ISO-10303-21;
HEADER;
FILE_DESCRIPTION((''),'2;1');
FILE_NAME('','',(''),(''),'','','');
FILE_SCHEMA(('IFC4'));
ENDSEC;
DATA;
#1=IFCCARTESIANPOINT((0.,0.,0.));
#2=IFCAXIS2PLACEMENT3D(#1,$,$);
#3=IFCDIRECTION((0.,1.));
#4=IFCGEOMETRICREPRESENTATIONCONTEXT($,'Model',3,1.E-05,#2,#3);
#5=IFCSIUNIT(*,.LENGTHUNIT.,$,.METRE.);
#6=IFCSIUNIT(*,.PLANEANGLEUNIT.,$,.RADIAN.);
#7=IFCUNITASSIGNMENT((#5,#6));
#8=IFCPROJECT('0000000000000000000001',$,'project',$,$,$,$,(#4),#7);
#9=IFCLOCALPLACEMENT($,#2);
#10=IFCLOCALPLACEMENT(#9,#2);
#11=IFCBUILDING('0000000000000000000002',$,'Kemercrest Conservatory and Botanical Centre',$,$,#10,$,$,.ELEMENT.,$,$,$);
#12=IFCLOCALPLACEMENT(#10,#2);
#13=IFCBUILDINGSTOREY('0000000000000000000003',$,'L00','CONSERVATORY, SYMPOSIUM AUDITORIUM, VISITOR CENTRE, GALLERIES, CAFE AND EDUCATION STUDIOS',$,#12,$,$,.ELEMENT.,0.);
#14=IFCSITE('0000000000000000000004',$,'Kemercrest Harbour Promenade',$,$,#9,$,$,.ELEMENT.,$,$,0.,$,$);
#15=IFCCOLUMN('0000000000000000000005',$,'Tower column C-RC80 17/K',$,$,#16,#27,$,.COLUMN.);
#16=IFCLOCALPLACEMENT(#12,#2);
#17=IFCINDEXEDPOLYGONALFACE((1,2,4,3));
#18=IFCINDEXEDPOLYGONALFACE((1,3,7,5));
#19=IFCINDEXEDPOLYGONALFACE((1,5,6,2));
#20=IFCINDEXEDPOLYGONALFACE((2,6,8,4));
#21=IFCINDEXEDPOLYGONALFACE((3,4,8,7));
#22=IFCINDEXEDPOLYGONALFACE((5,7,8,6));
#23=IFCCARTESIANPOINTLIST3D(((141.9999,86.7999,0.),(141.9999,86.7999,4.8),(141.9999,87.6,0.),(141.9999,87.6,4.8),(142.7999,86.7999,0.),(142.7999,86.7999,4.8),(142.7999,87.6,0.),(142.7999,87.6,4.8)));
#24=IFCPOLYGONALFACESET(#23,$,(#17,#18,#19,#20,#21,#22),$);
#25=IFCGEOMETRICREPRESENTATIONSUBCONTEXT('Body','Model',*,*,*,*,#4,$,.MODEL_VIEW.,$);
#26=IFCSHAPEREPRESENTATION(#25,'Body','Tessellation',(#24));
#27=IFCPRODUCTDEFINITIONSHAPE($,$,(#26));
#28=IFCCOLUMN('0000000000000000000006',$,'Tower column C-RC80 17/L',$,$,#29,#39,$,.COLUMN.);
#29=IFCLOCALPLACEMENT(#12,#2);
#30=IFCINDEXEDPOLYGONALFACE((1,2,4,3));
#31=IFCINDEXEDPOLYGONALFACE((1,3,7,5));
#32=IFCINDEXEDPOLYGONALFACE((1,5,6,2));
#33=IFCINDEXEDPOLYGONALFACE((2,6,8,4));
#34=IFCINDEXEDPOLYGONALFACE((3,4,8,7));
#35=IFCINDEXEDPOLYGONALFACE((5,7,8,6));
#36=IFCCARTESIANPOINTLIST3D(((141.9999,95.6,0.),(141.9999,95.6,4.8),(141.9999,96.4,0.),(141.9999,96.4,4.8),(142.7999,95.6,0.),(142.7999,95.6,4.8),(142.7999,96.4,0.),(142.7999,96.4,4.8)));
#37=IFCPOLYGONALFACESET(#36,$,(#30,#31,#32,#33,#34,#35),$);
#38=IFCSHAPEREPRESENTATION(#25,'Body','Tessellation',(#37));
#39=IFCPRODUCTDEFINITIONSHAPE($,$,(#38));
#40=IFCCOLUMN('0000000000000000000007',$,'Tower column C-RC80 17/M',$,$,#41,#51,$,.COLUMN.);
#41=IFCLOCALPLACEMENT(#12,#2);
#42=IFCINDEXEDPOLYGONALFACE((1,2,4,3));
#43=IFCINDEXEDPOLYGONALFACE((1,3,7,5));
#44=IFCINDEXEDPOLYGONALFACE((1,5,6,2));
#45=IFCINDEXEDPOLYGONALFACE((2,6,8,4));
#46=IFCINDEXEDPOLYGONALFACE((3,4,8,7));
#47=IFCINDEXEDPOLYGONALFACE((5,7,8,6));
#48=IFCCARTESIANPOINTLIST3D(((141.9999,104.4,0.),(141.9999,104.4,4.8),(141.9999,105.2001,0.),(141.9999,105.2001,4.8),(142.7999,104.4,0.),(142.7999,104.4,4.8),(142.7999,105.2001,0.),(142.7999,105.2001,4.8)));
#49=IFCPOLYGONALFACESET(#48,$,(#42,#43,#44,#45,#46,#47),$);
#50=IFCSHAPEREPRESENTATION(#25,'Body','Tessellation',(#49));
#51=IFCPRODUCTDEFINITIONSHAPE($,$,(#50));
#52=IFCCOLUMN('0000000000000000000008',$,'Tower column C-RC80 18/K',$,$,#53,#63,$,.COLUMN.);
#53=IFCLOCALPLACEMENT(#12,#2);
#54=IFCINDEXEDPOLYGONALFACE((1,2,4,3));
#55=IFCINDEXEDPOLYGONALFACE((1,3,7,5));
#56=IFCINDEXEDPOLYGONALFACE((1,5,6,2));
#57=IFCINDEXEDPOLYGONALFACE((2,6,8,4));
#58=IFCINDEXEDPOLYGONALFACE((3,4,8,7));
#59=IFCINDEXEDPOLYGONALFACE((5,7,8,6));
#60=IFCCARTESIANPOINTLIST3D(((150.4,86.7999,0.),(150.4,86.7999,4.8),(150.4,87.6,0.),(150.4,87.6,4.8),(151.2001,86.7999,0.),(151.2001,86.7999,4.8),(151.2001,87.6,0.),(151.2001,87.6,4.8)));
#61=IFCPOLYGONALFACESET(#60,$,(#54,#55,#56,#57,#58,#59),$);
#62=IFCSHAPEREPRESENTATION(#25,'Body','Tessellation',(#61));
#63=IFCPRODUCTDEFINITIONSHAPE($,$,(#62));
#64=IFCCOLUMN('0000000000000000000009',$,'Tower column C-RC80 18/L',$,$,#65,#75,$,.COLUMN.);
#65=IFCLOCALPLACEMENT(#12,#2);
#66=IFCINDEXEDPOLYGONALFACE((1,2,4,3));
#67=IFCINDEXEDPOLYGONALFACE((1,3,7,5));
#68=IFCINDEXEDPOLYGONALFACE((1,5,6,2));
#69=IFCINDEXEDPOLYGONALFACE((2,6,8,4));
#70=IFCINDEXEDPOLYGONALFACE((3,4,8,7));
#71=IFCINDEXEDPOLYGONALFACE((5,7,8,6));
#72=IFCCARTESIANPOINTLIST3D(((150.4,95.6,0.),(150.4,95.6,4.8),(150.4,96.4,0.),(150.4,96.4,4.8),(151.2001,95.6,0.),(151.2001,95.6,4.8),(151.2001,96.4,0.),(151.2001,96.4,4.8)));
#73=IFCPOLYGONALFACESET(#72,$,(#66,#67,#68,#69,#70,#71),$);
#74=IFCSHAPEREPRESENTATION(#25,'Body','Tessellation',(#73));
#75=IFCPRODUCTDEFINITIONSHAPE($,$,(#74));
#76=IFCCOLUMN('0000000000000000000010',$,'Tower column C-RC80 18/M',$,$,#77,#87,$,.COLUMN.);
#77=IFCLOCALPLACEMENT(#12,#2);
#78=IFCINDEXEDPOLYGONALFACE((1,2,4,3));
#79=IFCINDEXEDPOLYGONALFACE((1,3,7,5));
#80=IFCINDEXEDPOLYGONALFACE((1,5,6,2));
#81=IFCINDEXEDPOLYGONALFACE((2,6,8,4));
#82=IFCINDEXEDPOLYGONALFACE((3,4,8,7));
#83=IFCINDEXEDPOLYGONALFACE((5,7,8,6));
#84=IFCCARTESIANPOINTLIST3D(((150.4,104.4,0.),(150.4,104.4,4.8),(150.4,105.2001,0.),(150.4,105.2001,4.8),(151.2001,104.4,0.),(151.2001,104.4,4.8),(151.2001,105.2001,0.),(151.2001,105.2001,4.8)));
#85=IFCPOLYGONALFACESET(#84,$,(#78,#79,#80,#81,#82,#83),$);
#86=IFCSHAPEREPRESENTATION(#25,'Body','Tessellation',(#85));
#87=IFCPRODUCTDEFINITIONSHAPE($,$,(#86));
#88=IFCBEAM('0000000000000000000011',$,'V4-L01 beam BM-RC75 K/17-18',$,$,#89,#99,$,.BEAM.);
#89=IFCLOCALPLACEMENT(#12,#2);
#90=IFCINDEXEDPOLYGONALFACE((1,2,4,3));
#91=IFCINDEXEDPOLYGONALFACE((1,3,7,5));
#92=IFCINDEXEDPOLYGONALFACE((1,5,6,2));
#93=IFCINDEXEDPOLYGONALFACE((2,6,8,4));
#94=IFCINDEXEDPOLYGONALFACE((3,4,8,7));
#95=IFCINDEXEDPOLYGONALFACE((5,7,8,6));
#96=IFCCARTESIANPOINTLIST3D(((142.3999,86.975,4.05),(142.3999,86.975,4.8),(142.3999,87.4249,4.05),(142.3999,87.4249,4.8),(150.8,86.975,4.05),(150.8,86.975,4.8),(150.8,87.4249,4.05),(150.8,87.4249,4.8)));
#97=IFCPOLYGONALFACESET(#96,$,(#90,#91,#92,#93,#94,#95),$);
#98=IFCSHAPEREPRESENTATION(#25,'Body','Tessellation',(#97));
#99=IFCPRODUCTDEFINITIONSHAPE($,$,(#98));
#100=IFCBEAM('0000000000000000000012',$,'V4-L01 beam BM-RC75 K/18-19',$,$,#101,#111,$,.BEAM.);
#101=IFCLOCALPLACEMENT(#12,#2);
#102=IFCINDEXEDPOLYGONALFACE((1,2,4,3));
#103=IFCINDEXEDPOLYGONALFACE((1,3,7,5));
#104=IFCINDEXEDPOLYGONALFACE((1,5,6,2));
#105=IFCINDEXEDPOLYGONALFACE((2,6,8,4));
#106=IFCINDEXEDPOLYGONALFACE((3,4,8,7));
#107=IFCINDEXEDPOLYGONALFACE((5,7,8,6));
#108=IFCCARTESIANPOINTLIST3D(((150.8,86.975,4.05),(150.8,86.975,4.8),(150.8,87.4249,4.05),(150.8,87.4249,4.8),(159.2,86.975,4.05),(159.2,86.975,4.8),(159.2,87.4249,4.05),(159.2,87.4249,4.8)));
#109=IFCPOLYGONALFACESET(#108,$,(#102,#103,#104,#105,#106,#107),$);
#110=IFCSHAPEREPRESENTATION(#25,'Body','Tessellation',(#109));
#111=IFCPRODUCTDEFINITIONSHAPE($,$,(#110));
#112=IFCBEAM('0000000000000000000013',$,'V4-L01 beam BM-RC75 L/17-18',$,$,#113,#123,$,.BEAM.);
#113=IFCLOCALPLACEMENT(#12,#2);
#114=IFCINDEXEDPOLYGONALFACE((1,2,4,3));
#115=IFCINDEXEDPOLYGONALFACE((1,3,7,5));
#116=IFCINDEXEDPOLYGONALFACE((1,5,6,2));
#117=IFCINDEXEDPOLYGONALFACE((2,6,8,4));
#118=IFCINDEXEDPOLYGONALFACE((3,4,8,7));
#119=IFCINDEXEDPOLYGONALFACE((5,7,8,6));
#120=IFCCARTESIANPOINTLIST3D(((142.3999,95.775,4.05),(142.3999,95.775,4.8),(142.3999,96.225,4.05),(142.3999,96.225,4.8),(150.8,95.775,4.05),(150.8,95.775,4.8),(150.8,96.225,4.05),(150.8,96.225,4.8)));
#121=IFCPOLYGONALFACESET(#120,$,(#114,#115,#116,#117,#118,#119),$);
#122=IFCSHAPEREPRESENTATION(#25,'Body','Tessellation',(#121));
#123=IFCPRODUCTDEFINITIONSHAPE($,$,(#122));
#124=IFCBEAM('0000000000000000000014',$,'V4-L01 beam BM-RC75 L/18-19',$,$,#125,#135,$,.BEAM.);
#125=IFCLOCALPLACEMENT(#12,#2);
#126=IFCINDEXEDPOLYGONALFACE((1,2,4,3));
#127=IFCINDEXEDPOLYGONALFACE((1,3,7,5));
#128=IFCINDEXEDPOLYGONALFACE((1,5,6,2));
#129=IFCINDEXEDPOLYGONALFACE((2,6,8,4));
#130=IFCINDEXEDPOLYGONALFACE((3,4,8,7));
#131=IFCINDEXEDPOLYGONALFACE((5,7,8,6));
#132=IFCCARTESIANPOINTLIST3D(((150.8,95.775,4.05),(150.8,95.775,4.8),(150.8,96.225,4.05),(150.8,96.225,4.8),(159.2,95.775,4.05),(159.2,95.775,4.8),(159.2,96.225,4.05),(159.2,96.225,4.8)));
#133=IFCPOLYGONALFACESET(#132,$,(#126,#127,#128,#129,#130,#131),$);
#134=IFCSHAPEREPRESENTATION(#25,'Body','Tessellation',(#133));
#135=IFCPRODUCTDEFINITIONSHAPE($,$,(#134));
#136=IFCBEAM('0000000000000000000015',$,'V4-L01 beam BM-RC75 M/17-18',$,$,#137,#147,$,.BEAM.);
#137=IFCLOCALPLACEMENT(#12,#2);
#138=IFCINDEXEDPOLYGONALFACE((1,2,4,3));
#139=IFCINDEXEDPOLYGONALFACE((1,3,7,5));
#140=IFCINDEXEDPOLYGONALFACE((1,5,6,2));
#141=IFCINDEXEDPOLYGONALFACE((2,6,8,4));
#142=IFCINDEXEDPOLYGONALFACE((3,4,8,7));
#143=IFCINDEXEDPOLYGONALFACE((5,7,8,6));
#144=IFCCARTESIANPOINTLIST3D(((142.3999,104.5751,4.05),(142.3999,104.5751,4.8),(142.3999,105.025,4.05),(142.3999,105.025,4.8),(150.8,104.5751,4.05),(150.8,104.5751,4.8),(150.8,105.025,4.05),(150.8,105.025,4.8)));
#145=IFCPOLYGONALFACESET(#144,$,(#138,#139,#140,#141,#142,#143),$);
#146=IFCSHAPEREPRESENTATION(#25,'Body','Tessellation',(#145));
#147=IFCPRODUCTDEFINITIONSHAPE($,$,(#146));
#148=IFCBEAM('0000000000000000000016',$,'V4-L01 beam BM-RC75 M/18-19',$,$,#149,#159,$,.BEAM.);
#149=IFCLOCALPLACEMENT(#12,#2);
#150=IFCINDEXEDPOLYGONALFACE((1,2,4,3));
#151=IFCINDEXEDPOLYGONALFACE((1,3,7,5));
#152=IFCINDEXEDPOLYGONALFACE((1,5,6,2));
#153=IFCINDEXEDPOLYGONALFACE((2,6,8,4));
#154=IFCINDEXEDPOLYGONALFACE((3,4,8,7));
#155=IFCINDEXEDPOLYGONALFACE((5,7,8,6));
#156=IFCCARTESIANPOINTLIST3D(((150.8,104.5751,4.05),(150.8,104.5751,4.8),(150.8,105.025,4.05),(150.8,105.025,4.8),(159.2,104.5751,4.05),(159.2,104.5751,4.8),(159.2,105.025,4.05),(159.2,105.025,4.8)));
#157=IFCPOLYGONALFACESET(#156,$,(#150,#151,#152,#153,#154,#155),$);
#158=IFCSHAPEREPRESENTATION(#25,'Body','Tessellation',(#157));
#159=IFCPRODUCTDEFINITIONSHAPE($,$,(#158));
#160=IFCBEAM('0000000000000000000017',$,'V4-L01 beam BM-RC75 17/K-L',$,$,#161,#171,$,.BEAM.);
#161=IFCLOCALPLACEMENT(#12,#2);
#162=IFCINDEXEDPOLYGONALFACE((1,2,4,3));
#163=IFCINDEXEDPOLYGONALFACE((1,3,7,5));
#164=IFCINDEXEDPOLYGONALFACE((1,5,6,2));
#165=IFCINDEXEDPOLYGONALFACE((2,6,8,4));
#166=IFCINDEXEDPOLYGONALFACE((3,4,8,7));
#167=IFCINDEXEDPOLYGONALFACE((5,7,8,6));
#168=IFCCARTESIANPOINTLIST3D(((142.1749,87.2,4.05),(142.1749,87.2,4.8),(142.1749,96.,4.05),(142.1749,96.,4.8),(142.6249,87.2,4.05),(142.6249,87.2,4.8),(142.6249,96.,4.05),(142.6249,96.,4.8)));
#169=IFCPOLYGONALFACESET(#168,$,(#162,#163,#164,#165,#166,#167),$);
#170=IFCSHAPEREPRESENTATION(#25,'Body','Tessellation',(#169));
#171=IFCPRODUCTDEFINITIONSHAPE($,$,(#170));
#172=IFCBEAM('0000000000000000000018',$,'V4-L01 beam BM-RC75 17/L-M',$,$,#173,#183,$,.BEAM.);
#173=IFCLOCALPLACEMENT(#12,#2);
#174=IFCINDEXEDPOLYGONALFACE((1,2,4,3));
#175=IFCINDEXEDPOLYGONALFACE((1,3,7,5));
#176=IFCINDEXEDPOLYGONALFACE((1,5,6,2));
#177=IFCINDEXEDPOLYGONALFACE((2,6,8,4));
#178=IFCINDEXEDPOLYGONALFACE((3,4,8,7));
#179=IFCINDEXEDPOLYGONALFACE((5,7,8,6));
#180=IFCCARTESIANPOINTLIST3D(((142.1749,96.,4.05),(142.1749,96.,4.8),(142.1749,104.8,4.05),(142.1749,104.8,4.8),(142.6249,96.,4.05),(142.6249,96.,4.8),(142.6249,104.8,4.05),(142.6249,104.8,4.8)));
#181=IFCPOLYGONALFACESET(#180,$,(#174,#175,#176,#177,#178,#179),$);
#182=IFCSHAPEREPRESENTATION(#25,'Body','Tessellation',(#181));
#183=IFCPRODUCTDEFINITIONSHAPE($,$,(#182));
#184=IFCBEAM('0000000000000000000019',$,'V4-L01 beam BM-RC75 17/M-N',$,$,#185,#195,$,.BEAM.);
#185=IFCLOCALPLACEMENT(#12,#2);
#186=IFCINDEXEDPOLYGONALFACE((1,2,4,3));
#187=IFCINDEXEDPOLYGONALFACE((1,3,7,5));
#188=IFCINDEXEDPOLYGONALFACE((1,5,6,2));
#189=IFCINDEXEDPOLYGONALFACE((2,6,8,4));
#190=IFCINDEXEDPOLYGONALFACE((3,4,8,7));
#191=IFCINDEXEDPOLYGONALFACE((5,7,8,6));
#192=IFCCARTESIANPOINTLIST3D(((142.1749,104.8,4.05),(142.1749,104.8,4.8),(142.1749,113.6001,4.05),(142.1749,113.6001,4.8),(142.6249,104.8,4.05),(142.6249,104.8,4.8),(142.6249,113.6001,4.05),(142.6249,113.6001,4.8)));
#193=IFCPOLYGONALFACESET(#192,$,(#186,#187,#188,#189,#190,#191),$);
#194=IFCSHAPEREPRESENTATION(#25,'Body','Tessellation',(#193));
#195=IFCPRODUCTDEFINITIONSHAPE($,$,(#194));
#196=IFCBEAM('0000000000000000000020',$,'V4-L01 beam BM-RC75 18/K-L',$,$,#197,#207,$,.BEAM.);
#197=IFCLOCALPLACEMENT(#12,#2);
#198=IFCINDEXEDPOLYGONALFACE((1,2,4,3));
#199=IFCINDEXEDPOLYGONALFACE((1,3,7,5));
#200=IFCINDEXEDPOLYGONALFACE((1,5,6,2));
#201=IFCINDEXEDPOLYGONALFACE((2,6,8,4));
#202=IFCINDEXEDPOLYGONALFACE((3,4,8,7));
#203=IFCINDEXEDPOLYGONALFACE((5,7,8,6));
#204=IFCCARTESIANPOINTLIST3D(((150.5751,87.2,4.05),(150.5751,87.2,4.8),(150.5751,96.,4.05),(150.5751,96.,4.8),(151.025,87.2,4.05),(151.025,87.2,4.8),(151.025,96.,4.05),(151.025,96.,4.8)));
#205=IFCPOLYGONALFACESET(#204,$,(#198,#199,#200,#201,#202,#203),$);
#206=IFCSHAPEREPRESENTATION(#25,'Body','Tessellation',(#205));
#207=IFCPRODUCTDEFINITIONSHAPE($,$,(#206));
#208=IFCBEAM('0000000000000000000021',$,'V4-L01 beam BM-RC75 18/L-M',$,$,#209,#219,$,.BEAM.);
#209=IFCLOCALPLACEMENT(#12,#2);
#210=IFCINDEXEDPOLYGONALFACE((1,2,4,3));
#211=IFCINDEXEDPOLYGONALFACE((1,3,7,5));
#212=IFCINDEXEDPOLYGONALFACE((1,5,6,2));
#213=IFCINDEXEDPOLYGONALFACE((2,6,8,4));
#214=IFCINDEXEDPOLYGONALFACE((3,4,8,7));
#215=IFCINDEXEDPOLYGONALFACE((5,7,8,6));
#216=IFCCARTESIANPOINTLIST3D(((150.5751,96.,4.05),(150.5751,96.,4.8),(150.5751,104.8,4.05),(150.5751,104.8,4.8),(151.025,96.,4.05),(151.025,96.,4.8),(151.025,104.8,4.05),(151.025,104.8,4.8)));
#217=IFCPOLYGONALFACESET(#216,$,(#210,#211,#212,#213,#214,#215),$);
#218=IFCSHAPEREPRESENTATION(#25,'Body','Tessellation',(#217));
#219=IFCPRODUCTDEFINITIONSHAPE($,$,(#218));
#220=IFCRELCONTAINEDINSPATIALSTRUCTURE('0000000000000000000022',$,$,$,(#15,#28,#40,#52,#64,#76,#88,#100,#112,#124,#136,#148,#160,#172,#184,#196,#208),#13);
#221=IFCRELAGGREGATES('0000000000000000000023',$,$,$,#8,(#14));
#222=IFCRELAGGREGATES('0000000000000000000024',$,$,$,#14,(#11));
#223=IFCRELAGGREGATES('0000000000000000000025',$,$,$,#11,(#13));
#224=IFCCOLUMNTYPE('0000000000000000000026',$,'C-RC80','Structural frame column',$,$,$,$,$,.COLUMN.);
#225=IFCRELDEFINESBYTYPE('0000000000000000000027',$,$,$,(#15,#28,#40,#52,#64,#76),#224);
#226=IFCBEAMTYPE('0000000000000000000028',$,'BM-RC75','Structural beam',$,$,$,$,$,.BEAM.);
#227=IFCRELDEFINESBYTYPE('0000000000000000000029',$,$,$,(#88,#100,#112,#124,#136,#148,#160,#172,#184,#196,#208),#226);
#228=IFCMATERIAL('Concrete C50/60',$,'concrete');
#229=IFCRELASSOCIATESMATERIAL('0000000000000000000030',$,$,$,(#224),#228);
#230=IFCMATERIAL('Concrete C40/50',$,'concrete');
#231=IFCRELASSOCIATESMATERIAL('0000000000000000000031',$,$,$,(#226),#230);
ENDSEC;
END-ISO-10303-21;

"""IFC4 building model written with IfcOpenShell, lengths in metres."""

from ifc_helpers import new_model, si_unit, direction, frame, origin, origin_2d, place, context, subcontext, project, spatial, rectangle, extrude, material, material_profile, profile_set, type_object, element, save


model = new_model("IFC4")

# Units and contexts
model_context = context("Model", 3, precision=1e-05, world=origin(), true_north=direction((0.0, 1.0)))
body_context = subcontext(model_context, "Body", "Model", "MODEL_VIEW")
ifc_project = project(units=[si_unit("LENGTHUNIT", "METRE"), si_unit("PLANEANGLEUNIT", "RADIAN")], contexts=[model_context])

# Site, building, storey
site_placement = place(None, origin())
site = spatial("IfcSite", under=ifc_project, at=site_placement, Name="Kemercrest Harbour Promenade", CompositionType="ELEMENT", RefElevation=0.0)
building_placement = place(site_placement, origin())
building = spatial("IfcBuilding", under=site, at=building_placement, Name="Kemercrest Conservatory and Botanical Centre", CompositionType="ELEMENT")
storey_placement = place(building_placement, origin())
storey = spatial("IfcBuildingStorey", under=building, at=storey_placement, Name="L00", Description="CONSERVATORY, SYMPOSIUM AUDITORIUM, VISITOR CENTRE, GALLERIES, CAFE AND EDUCATION STUDIOS", CompositionType="ELEMENT", Elevation=0.0)

# Columns
ifc_material_1 = material(Name="Concrete C50/60", Category="concrete")
ifc_material_profile_1 = material_profile(ifc_material_1, rectangle(XDim=0.8, YDim=0.8, at=origin_2d()), Name="RC 800x800")
ifc_profile_set_1 = profile_set([ifc_material_profile_1], Name="Concrete C50/60")
column_type = type_object("IfcColumnType", Name="C-RC80", Description="Structural frame column", PredefinedType="COLUMN", material=ifc_profile_set_1)
for number, where, z_axis, x_axis, name in (
    (1, (142.3999, 87.2, 0.0), (0.0, 0.0, 1.0), (1.0, 0.0, 0.0), "Tower column C-RC80 17/K"),
    (2, (142.3999, 96.0, 0.0), (0.0, 0.0, 1.0), (1.0, 0.0, 0.0), "Tower column C-RC80 17/L"),
    (3, (142.3999, 104.8, 0.0), (0.0, 0.0, 1.0), (1.0, 0.0, 0.0), "Tower column C-RC80 17/M"),
    (4, (150.8, 87.2, 0.0), (0.0, 0.0, 1.0), (1.0, 0.0, 0.0), "Tower column C-RC80 18/K"),
    (5, (150.8, 96.0, 0.0), (0.0, 0.0, 1.0), (1.0, 0.0, 0.0), "Tower column C-RC80 18/L"),
    (6, (150.8, 104.8, 0.0), (0.0, 0.0, 1.0), (1.0, 0.0, 0.0), "Tower column C-RC80 18/M"),
):
    element("IfcColumn", number, at=place(storey_placement, frame(where, z_axis=z_axis, x_axis=x_axis)), inside=storey, type_object=column_type, Name=name, PredefinedType="COLUMN", context=body_context, shape_type="SweptSolid", body=[
        extrude(rectangle(XDim=0.8, YDim=0.8, at=origin_2d()), origin(), (0.0, 0.0, 1.0), 4.8),
    ])

# Beams
ifc_material_2 = material(Name="Concrete C40/50", Category="concrete")
ifc_material_profile_2 = material_profile(ifc_material_2, rectangle(XDim=0.45, YDim=0.75, at=origin_2d()), Name="RC 450x750")
ifc_profile_set_2 = profile_set([ifc_material_profile_2], Name="Concrete C40/50")
beam_type_1 = type_object("IfcBeamType", Name="BM-RC75", Description="Structural beam", PredefinedType="BEAM", material=ifc_profile_set_2)
beam_1_placement = place(storey_placement, frame((142.3999, 87.2, 4.425), z_axis=(1.0, 0.0, 0.0), x_axis=(0.0, 1.0, 0.0)))
element("IfcBeam", 7, at=beam_1_placement, inside=storey, type_object=beam_type_1, Name="V4-L01 beam BM-RC75 K/17-18", PredefinedType="BEAM", context=body_context, shape_type="SweptSolid", body=[
    extrude(rectangle(XDim=0.45, YDim=0.75, at=origin_2d()), origin(), (0.0, 0.0, 1.0), 8.4001),
])
beam_2_placement = place(storey_placement, frame((150.8, 87.2, 4.425), z_axis=(1.0, 0.0, 0.0), x_axis=(0.0, 1.0, 0.0)))
element("IfcBeam", 8, at=beam_2_placement, inside=storey, type_object=beam_type_1, Name="V4-L01 beam BM-RC75 K/18-19", PredefinedType="BEAM", context=body_context, shape_type="SweptSolid", body=[
    extrude(rectangle(XDim=0.45, YDim=0.75, at=origin_2d()), origin(), (0.0, 0.0, 1.0), 8.3999),
])
beam_3_placement = place(storey_placement, frame((142.3999, 96.0, 4.425), z_axis=(1.0, 0.0, 0.0), x_axis=(0.0, 1.0, 0.0)))
element("IfcBeam", 9, at=beam_3_placement, inside=storey, type_object=beam_type_1, Name="V4-L01 beam BM-RC75 L/17-18", PredefinedType="BEAM", context=body_context, shape_type="SweptSolid", body=[
    extrude(rectangle(XDim=0.45, YDim=0.75, at=origin_2d()), origin(), (0.0, 0.0, 1.0), 8.4001),
])
beam_4_placement = place(storey_placement, frame((150.8, 96.0, 4.425), z_axis=(1.0, 0.0, 0.0), x_axis=(0.0, 1.0, 0.0)))
element("IfcBeam", 10, at=beam_4_placement, inside=storey, type_object=beam_type_1, Name="V4-L01 beam BM-RC75 L/18-19", PredefinedType="BEAM", context=body_context, shape_type="SweptSolid", body=[
    extrude(rectangle(XDim=0.45, YDim=0.75, at=origin_2d()), origin(), (0.0, 0.0, 1.0), 8.3999),
])
beam_5_placement = place(storey_placement, frame((142.3999, 104.8, 4.425), z_axis=(1.0, 0.0, 0.0), x_axis=(0.0, 1.0, 0.0)))
element("IfcBeam", 11, at=beam_5_placement, inside=storey, type_object=beam_type_1, Name="V4-L01 beam BM-RC75 M/17-18", PredefinedType="BEAM", context=body_context, shape_type="SweptSolid", body=[
    extrude(rectangle(XDim=0.45, YDim=0.75, at=origin_2d()), origin(), (0.0, 0.0, 1.0), 8.4001),
])
beam_6_placement = place(storey_placement, frame((150.8, 104.8, 4.425), z_axis=(1.0, 0.0, 0.0), x_axis=(0.0, 1.0, 0.0)))
element("IfcBeam", 12, at=beam_6_placement, inside=storey, type_object=beam_type_1, Name="V4-L01 beam BM-RC75 M/18-19", PredefinedType="BEAM", context=body_context, shape_type="SweptSolid", body=[
    extrude(rectangle(XDim=0.45, YDim=0.75, at=origin_2d()), origin(), (0.0, 0.0, 1.0), 8.3999),
])
for number, where, z_axis, x_axis, name in (
    (13, (142.3999, 87.2, 4.425), (0.0, 1.0, 0.0), (-1.0, 0.0, 0.0), "V4-L01 beam BM-RC75 17/K-L"),
    (14, (142.3999, 96.0, 4.425), (0.0, 1.0, 0.0), (-1.0, 0.0, 0.0), "V4-L01 beam BM-RC75 17/L-M"),
    (15, (142.3999, 104.8, 4.425), (0.0, 1.0, 0.0), (-1.0, 0.0, 0.0), "V4-L01 beam BM-RC75 17/M-N"),
    (16, (150.8, 87.2, 4.425), (0.0, 1.0, 0.0), (-1.0, 0.0, 0.0), "V4-L01 beam BM-RC75 18/K-L"),
    (17, (150.8, 96.0, 4.425), (0.0, 1.0, 0.0), (-1.0, 0.0, 0.0), "V4-L01 beam BM-RC75 18/L-M"),
):
    element("IfcBeam", number, at=place(storey_placement, frame(where, z_axis=z_axis, x_axis=x_axis)), inside=storey, type_object=beam_type_1, Name=name, PredefinedType="BEAM", context=body_context, shape_type="SweptSolid", body=[
        extrude(rectangle(XDim=0.45, YDim=0.75, at=origin_2d()), origin(), (0.0, 0.0, 1.0), 8.8),
    ])

save(model, "model.ifc")
